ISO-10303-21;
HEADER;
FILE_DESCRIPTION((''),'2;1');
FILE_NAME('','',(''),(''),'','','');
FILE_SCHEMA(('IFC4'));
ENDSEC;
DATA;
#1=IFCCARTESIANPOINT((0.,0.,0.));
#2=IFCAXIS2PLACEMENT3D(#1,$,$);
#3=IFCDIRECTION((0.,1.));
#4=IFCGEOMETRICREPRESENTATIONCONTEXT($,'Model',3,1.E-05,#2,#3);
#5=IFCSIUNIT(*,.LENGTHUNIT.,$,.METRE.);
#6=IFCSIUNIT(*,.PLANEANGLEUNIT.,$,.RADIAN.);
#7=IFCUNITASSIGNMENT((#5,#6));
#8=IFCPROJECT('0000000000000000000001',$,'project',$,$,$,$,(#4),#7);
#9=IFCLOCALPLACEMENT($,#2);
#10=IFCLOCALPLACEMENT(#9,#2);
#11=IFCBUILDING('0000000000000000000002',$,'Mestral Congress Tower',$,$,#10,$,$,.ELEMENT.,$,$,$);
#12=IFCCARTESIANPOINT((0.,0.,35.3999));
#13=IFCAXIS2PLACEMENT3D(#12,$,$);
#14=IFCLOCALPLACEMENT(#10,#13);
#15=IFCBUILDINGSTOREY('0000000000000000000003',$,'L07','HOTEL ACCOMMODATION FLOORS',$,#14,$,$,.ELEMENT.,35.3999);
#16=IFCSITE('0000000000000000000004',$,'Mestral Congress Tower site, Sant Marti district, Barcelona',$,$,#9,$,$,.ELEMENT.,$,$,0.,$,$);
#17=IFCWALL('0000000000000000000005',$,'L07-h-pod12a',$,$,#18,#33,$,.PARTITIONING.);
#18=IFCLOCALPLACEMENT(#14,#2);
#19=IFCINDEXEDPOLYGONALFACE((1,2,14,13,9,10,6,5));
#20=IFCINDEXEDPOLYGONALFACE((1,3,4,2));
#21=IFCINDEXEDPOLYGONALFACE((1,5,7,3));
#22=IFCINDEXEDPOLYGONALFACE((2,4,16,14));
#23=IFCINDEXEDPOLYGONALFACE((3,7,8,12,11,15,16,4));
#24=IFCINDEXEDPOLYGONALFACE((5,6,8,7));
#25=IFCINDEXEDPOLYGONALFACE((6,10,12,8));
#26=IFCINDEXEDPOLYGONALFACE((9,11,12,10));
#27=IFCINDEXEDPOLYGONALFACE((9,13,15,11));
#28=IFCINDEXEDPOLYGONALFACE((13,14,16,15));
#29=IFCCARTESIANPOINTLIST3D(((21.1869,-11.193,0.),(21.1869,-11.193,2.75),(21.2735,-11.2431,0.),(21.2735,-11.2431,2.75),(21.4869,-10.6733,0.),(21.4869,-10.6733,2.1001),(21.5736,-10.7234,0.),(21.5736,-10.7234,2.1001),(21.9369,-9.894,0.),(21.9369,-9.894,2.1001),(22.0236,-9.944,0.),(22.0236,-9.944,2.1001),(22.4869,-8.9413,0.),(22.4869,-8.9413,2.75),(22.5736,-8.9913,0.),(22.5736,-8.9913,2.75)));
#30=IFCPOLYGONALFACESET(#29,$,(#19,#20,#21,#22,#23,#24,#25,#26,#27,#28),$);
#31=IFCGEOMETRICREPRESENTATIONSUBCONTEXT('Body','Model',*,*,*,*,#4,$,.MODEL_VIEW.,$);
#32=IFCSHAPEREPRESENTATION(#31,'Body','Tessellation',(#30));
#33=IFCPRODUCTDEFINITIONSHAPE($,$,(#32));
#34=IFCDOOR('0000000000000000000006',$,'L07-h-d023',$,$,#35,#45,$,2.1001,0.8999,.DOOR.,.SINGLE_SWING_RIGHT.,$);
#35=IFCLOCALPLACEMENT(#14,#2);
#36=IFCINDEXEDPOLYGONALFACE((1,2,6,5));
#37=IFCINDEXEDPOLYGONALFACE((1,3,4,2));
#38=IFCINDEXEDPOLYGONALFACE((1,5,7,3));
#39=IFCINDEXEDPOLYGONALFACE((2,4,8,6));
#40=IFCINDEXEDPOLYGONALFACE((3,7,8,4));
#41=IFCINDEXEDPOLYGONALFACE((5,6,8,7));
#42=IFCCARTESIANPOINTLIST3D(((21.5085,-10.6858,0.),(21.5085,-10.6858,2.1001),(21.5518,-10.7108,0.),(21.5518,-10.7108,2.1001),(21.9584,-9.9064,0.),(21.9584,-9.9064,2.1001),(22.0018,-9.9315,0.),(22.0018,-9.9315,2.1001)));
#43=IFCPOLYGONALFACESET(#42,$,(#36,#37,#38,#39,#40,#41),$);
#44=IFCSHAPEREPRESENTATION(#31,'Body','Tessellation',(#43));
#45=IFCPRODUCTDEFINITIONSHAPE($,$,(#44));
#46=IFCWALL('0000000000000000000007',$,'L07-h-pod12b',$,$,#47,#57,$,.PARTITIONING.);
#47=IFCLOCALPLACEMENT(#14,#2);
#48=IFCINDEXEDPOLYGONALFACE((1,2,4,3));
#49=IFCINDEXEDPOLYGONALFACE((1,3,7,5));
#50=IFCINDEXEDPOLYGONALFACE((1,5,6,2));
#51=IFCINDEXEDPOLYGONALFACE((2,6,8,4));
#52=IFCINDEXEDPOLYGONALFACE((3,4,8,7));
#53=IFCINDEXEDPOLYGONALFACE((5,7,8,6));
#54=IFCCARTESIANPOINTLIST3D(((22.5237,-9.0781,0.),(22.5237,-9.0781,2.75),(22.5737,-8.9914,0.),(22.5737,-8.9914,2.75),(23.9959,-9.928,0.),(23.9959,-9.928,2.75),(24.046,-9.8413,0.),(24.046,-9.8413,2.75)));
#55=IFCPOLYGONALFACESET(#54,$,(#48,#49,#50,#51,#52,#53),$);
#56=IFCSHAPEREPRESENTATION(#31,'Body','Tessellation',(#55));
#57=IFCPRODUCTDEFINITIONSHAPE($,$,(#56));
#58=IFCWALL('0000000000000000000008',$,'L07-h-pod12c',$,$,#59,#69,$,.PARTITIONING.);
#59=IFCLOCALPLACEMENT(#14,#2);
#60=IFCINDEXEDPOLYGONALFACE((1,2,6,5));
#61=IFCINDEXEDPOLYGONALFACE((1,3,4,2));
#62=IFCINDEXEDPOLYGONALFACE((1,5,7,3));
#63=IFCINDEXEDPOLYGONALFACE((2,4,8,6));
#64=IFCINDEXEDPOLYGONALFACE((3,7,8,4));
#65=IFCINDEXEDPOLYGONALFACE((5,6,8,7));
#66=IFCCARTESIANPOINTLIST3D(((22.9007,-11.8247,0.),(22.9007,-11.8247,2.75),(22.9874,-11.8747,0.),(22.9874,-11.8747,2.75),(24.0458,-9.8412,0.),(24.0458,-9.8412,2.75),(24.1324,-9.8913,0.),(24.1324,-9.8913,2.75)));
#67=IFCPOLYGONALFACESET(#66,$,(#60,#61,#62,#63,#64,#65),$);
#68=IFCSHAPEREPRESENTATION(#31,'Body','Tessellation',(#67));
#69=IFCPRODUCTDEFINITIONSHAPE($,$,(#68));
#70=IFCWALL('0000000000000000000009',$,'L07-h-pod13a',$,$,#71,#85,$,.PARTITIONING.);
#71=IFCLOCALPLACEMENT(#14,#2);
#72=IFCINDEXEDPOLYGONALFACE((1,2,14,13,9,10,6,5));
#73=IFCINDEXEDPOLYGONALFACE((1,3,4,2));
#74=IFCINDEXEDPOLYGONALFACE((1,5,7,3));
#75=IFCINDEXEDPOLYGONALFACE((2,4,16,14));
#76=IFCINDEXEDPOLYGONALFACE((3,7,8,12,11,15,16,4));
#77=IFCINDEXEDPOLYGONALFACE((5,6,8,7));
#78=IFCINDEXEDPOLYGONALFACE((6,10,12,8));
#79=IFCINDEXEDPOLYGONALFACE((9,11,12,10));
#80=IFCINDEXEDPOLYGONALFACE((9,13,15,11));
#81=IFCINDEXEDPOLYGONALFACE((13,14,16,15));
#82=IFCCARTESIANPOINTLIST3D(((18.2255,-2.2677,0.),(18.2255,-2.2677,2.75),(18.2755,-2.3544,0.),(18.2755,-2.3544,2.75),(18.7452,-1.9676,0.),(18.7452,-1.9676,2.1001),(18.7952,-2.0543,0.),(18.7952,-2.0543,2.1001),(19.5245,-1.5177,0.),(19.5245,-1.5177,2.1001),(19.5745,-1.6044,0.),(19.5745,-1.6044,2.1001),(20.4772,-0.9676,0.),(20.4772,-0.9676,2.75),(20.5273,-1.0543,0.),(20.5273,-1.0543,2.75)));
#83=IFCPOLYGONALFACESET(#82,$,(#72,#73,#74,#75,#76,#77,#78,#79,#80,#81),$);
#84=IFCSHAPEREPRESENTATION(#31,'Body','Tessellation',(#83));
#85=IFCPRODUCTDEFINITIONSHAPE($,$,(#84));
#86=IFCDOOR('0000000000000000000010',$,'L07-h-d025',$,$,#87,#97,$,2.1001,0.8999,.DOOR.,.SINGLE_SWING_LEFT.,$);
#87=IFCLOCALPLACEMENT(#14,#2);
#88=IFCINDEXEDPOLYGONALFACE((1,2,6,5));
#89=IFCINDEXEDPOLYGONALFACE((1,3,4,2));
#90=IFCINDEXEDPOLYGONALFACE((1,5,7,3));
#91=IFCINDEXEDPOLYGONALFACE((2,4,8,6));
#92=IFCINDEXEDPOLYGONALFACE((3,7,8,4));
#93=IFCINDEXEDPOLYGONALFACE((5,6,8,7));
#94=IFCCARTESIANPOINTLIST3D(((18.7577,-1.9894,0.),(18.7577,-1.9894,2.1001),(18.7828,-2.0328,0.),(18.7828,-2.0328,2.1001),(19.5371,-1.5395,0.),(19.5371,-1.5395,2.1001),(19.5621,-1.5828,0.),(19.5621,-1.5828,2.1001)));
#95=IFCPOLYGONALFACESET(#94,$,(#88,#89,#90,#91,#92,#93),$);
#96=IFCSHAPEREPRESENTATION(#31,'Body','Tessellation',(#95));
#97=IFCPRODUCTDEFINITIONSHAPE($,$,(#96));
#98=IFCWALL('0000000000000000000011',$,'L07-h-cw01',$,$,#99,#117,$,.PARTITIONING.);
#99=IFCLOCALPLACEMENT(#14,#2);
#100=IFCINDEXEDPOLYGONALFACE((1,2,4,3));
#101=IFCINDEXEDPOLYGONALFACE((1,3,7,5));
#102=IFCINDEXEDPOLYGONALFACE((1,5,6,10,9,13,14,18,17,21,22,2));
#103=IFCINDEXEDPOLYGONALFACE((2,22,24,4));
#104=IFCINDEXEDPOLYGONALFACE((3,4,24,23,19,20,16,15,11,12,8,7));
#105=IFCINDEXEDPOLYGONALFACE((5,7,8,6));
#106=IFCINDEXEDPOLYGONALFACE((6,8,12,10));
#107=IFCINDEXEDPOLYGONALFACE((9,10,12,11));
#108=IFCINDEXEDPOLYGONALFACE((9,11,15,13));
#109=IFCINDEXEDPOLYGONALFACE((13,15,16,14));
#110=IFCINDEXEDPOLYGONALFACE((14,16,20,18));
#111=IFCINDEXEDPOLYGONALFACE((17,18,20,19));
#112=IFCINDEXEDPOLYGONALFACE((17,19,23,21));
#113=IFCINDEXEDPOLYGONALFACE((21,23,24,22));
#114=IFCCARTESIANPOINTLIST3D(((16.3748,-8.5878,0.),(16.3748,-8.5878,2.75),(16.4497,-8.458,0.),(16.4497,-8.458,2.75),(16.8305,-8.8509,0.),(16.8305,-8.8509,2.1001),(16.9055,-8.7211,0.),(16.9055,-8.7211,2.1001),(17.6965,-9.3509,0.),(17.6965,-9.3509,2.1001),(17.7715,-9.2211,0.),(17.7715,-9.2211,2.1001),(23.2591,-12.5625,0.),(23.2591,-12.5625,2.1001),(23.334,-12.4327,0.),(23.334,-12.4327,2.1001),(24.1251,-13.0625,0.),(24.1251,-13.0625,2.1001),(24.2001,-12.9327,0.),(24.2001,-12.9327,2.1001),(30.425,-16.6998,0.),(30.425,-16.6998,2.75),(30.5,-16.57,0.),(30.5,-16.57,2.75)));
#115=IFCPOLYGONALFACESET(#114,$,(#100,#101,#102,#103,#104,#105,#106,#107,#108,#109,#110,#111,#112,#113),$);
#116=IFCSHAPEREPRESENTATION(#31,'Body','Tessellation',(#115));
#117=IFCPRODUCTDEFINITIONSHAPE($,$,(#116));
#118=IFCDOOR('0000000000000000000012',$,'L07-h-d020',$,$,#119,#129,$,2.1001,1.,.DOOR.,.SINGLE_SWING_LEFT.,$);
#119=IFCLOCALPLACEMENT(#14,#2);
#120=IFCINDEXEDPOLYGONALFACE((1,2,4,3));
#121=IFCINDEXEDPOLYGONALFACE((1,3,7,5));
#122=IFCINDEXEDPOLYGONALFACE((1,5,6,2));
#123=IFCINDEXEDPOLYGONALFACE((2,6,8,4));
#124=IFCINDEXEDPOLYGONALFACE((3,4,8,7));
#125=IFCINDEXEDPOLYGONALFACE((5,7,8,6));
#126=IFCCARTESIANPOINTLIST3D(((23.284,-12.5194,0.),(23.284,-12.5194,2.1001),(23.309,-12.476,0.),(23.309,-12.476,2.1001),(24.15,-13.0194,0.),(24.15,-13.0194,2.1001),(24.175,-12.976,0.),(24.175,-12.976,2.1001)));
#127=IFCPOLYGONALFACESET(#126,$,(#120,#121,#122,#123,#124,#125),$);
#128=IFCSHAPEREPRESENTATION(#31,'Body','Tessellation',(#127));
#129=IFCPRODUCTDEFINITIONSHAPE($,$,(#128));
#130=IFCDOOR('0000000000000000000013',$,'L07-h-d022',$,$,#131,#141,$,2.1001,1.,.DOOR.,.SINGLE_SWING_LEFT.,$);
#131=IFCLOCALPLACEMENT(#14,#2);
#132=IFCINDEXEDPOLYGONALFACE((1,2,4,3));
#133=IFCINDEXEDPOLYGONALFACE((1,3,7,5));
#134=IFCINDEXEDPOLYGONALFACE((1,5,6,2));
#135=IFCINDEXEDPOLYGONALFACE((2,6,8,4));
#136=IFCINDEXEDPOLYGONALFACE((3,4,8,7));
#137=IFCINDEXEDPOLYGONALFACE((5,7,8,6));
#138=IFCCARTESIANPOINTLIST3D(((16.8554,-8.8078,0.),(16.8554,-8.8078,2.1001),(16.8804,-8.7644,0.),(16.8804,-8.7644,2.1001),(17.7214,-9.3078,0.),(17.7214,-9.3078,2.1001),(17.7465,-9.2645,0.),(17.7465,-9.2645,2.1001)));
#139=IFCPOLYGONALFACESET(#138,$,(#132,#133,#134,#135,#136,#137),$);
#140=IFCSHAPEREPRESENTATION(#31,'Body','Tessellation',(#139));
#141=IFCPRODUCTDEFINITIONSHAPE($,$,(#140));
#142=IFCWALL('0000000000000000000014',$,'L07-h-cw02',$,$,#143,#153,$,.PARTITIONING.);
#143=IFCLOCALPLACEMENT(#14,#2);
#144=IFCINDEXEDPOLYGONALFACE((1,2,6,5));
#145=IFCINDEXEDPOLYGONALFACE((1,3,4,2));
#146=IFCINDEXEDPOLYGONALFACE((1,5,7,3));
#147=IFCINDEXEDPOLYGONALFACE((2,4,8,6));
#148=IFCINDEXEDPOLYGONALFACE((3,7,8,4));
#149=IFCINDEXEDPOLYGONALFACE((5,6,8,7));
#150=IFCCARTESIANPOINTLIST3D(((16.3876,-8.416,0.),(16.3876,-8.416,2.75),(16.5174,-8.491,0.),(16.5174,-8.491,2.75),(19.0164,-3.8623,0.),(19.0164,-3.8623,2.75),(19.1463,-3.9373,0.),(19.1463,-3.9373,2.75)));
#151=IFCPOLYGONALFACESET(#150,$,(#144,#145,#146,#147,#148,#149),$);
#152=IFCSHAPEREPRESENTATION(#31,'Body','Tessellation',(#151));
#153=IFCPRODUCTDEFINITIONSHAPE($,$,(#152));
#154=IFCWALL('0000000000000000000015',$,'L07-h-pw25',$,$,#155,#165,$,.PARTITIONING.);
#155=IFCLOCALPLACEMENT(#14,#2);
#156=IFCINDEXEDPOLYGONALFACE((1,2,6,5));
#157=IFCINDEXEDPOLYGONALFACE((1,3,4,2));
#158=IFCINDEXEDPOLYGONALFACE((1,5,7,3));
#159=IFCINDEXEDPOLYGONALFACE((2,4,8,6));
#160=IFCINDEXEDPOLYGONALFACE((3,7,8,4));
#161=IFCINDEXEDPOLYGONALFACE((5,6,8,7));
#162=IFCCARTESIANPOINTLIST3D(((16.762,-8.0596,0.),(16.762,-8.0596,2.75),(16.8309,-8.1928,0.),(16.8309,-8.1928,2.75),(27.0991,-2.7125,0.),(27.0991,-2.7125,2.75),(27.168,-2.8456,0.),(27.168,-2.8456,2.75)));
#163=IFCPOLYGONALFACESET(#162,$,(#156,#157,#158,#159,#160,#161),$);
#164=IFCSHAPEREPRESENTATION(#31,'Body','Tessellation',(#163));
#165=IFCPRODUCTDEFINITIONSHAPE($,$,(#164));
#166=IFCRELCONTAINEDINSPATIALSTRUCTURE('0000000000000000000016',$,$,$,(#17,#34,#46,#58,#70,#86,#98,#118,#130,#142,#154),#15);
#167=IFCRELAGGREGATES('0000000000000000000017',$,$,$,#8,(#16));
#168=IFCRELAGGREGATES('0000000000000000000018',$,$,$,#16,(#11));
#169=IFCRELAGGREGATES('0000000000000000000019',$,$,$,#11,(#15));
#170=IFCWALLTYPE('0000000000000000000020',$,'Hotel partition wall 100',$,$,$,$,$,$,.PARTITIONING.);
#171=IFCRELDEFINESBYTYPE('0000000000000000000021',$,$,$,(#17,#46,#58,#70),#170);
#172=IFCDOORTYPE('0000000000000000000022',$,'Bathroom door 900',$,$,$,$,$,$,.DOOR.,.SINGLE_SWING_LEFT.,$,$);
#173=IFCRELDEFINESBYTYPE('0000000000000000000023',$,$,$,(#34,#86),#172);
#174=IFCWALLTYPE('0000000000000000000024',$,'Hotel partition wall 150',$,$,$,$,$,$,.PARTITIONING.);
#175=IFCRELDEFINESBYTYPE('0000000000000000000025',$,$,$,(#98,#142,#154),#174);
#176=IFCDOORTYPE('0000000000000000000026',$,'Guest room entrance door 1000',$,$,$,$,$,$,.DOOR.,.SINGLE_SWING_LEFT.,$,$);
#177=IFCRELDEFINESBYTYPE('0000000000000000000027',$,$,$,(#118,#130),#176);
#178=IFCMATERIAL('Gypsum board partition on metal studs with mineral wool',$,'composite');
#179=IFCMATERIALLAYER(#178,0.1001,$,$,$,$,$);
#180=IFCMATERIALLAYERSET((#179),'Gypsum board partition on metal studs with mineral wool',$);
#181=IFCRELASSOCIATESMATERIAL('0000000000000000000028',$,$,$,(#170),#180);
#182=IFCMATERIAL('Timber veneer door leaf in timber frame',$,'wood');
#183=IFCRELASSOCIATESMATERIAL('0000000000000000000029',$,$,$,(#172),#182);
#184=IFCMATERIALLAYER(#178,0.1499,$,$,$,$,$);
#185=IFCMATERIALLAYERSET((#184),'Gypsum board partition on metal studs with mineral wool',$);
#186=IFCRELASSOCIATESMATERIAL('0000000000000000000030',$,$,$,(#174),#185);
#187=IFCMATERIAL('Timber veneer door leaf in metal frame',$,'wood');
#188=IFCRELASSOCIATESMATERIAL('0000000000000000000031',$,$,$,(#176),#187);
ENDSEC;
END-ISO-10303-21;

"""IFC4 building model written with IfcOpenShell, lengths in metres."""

from ifc_helpers import new_model, si_unit, direction, frame, frame_2d, origin, place, context, subcontext, project, spatial, rectangle, extrude, material, layer, layer_set, type_object, element, fill, save


model = new_model("IFC4")

# Units and contexts
model_context = context("Model", 3, precision=1e-05, world=origin(), true_north=direction((0.0, 1.0)))
body_context = subcontext(model_context, "Body", "Model", "MODEL_VIEW")
ifc_project = project(units=[si_unit("LENGTHUNIT", "METRE"), si_unit("PLANEANGLEUNIT", "RADIAN")], contexts=[model_context])

# Site, building, storey
site_placement = place(None, origin())
site = spatial("IfcSite", under=ifc_project, at=site_placement, Name="Mestral Congress Tower site, Sant Marti district, Barcelona", CompositionType="ELEMENT", RefElevation=0.0)
building_placement = place(site_placement, origin())
building = spatial("IfcBuilding", under=site, at=building_placement, Name="Mestral Congress Tower", CompositionType="ELEMENT")
storey_placement = place(building_placement, frame((0.0, 0.0, 35.3999)))
storey = spatial("IfcBuildingStorey", under=building, at=storey_placement, Name="L07", Description="HOTEL ACCOMMODATION FLOORS", CompositionType="ELEMENT", Elevation=35.3999)

# Shared definitions
ifc_material_1 = material(Name="Gypsum board partition on metal studs with mineral wool", Category="composite")
ifc_layer_1 = layer(ifc_material_1, 0.1001)
ifc_layer_set_1 = layer_set([ifc_layer_1], Name="Gypsum board partition on metal studs with mineral wool")
wall_type_1 = type_object("IfcWallType", Name="Hotel partition wall 100", PredefinedType="PARTITIONING", material=ifc_layer_set_1)
ifc_material_2 = material(Name="Timber veneer door leaf in timber frame", Category="wood")
door_type_1 = type_object("IfcDoorType", Name="Bathroom door 900", OperationType="SINGLE_SWING_LEFT", PredefinedType="DOOR", material=ifc_material_2)

# Wall, opening, door
wall_1_placement = place(storey_placement, frame((22.5303, -8.9663, 0.0), z_axis=(0.0, 0.0, 1.0), x_axis=(-0.500007, -0.866021, 0.0)))
wall_1 = element("IfcWall", 1, at=wall_1_placement, inside=storey, type_object=wall_type_1, Name="L07-h-pod12a", PredefinedType="PARTITIONING", context=body_context, shape_type="SweptSolid", body=[
    extrude(rectangle(XDim=2.6001, YDim=0.1001, at=frame_2d((1.3, 0.0))), origin(), (0.0, 0.0, 1.0), 2.75),
])
opening_1_placement = place(wall_1_placement, frame((1.1001, 0.0, 0.0)))
opening_1 = element("IfcOpeningElement", 2, at=opening_1_placement, cuts=wall_1, PredefinedType="OPENING", context=body_context, shape_type="SweptSolid", body=[
    extrude(rectangle(XDim=0.8999, YDim=2.1001, at=frame_2d((0.45, 1.05))), frame((0.0, 0.0601, 0.0), z_axis=(0.0, -1.0, 0.0), x_axis=(1.0, 0.0, 0.0)), (0.0, 0.0, 1.0), 0.1201),
])
door_1_placement = place(opening_1_placement, origin())
door_1 = element("IfcDoor", 3, at=door_1_placement, inside=storey, type_object=door_type_1, Name="L07-h-d023", OperationType="SINGLE_SWING_RIGHT", OverallHeight=2.1001, OverallWidth=0.8999, PredefinedType="DOOR", context=body_context, shape_type="SweptSolid", body=[
    extrude(rectangle(XDim=0.8999, YDim=2.1001, at=frame_2d((0.45, 1.05))), frame((0.0, 0.0249, 0.0), z_axis=(0.0, -1.0, 0.0), x_axis=(1.0, 0.0, 0.0)), (0.0, 0.0, 1.0), 0.05),
])
fill(opening_1, door_1)

# Walls
wall_2_placement = place(storey_placement, frame((22.5486, -9.0347, 0.0), z_axis=(0.0, 0.0, 1.0), x_axis=(0.866052, -0.499955, 0.0)))
element("IfcWall", 4, at=wall_2_placement, inside=storey, type_object=wall_type_1, Name="L07-h-pod12b", PredefinedType="PARTITIONING", context=body_context, shape_type="SweptSolid", body=[
    extrude(rectangle(XDim=1.7, YDim=0.1001, at=frame_2d((0.8501, 0.0))), origin(), (0.0, 0.0, 1.0), 2.75),
])
wall_3_placement = place(storey_placement, frame((22.9441, -11.8496, 0.0), z_axis=(0.0, 0.0, 1.0), x_axis=(0.499969, 0.866044, 0.0)))
element("IfcWall", 5, at=wall_3_placement, inside=storey, type_object=wall_type_1, Name="L07-h-pod12c", PredefinedType="PARTITIONING", context=body_context, shape_type="SweptSolid", body=[
    extrude(rectangle(XDim=2.2903, YDim=0.1001, at=frame_2d((1.145, 0.0))), origin(), (0.0, 0.0, 1.0), 2.75),
])

# Wall, opening, door
wall_4_placement = place(storey_placement, frame((18.2505, -2.311, 0.0), z_axis=(0.0, 0.0, 1.0), x_axis=(0.866021, 0.500007, 0.0)))
wall_4 = element("IfcWall", 6, at=wall_4_placement, inside=storey, type_object=wall_type_1, Name="L07-h-pod13a", PredefinedType="PARTITIONING", context=body_context, shape_type="SweptSolid", body=[
    extrude(rectangle(XDim=2.6001, YDim=0.1001, at=frame_2d((1.3, 0.0))), origin(), (0.0, 0.0, 1.0), 2.75),
])
opening_2_placement = place(wall_4_placement, frame((0.6001, 0.0, 0.0)))
opening_2 = element("IfcOpeningElement", 7, at=opening_2_placement, cuts=wall_4, PredefinedType="OPENING", context=body_context, shape_type="SweptSolid", body=[
    extrude(rectangle(XDim=0.8999, YDim=2.1001, at=frame_2d((0.45, 1.05))), frame((0.0, 0.0601, 0.0), z_axis=(0.0, -1.0, 0.0), x_axis=(1.0, 0.0, 0.0)), (0.0, 0.0, 1.0), 0.1201),
])
door_2_placement = place(opening_2_placement, origin())
door_2 = element("IfcDoor", 8, at=door_2_placement, inside=storey, type_object=door_type_1, Name="L07-h-d025", OperationType="SINGLE_SWING_LEFT", OverallHeight=2.1001, OverallWidth=0.8999, PredefinedType="DOOR", context=body_context, shape_type="SweptSolid", body=[
    extrude(rectangle(XDim=0.8999, YDim=2.1001, at=frame_2d((0.45, 1.05))), frame((0.0, 0.0249, 0.0), z_axis=(0.0, -1.0, 0.0), x_axis=(1.0, 0.0, 0.0)), (0.0, 0.0, 1.0), 0.05),
])
fill(opening_2, door_2)

# Wall, openings, doors
ifc_layer_2 = layer(ifc_material_1, 0.1499)
ifc_layer_set_2 = layer_set([ifc_layer_2], Name="Gypsum board partition on metal studs with mineral wool")
wall_type_2 = type_object("IfcWallType", Name="Hotel partition wall 150", PredefinedType="PARTITIONING", material=ifc_layer_set_2)
wall_5_placement = place(storey_placement, frame((16.4124, -8.5229, 0.0), z_axis=(0.0, 0.0, 1.0), x_axis=(0.866022, -0.500006, 0.0)))
wall_5 = element("IfcWall", 9, at=wall_5_placement, inside=storey, type_object=wall_type_2, Name="L07-h-cw01", PredefinedType="PARTITIONING", context=body_context, shape_type="SweptSolid", body=[
    extrude(rectangle(XDim=16.2239, YDim=0.1499, at=frame_2d((8.1118, 0.0))), origin(), (0.0, 0.0, 1.0), 2.75),
])
opening_3_placement = place(wall_5_placement, frame((7.9492, 0.0, 0.0)))
opening_3 = element("IfcOpeningElement", 10, at=opening_3_placement, cuts=wall_5, PredefinedType="OPENING", context=body_context, shape_type="SweptSolid", body=[
    extrude(rectangle(XDim=1.0, YDim=2.1001, at=frame_2d((0.5, 1.05))), frame((0.0, 0.085, 0.0), z_axis=(0.0, -1.0, 0.0), x_axis=(1.0, 0.0, 0.0)), (0.0, 0.0, 1.0), 0.1699),
])
opening_4_placement = place(wall_5_placement, frame((0.5261, 0.0, 0.0)))
opening_4 = element("IfcOpeningElement", 11, at=opening_4_placement, cuts=wall_5, PredefinedType="OPENING", context=body_context, shape_type="SweptSolid", body=[
    extrude(rectangle(XDim=1.0, YDim=2.1001, at=frame_2d((0.5, 1.05))), frame((0.0, 0.085, 0.0), z_axis=(0.0, -1.0, 0.0), x_axis=(1.0, 0.0, 0.0)), (0.0, 0.0, 1.0), 0.1699),
])
ifc_material_3 = material(Name="Timber veneer door leaf in metal frame", Category="wood")
door_type_2 = type_object("IfcDoorType", Name="Guest room entrance door 1000", OperationType="SINGLE_SWING_LEFT", PredefinedType="DOOR", material=ifc_material_3)
door_3_placement = place(opening_3_placement, origin())
door_3 = element("IfcDoor", 12, at=door_3_placement, inside=storey, type_object=door_type_2, Name="L07-h-d020", OperationType="SINGLE_SWING_LEFT", OverallHeight=2.1001, OverallWidth=1.0, PredefinedType="DOOR", context=body_context, shape_type="SweptSolid", body=[
    extrude(rectangle(XDim=1.0, YDim=2.1001, at=frame_2d((0.5, 1.05))), frame((0.0, 0.0249, 0.0), z_axis=(0.0, -1.0, 0.0), x_axis=(1.0, 0.0, 0.0)), (0.0, 0.0, 1.0), 0.05),
])
fill(opening_3, door_3)
door_4_placement = place(opening_4_placement, origin())
door_4 = element("IfcDoor", 13, at=door_4_placement, inside=storey, type_object=door_type_2, Name="L07-h-d022", OperationType="SINGLE_SWING_LEFT", OverallHeight=2.1001, OverallWidth=1.0, PredefinedType="DOOR", context=body_context, shape_type="SweptSolid", body=[
    extrude(rectangle(XDim=1.0, YDim=2.1001, at=frame_2d((0.5, 1.05))), frame((0.0, 0.0249, 0.0), z_axis=(0.0, -1.0, 0.0), x_axis=(1.0, 0.0, 0.0)), (0.0, 0.0, 1.0), 0.05),
])
fill(opening_4, door_4)

# Walls
wall_6_placement = place(storey_placement, frame((19.0813, -3.8999, 0.0), z_axis=(0.0, 0.0, 1.0), x_axis=(-0.499974, -0.86604, 0.0)))
element("IfcWall", 14, at=wall_6_placement, inside=storey, type_object=wall_type_2, Name="L07-h-cw02", PredefinedType="PARTITIONING", context=body_context, shape_type="SweptSolid", body=[
    extrude(rectangle(XDim=5.2581, YDim=0.1499, at=frame_2d((2.6289, 0.0))), origin(), (0.0, 0.0, 1.0), 2.75),
])
wall_7_placement = place(storey_placement, frame((27.1335, -2.7791, 0.0), z_axis=(0.0, 0.0, 1.0), x_axis=(-0.888205, -0.459447, 0.0)))
element("IfcWall", 15, at=wall_7_placement, inside=storey, type_object=wall_type_2, Name="L07-h-pw25", PredefinedType="PARTITIONING", context=body_context, shape_type="SweptSolid", body=[
    extrude(rectangle(XDim=11.6382, YDim=0.1499, at=frame_2d((5.8191, 0.0))), origin(), (0.0, 0.0, 1.0), 2.75),
])

save(model, "model.ifc")
